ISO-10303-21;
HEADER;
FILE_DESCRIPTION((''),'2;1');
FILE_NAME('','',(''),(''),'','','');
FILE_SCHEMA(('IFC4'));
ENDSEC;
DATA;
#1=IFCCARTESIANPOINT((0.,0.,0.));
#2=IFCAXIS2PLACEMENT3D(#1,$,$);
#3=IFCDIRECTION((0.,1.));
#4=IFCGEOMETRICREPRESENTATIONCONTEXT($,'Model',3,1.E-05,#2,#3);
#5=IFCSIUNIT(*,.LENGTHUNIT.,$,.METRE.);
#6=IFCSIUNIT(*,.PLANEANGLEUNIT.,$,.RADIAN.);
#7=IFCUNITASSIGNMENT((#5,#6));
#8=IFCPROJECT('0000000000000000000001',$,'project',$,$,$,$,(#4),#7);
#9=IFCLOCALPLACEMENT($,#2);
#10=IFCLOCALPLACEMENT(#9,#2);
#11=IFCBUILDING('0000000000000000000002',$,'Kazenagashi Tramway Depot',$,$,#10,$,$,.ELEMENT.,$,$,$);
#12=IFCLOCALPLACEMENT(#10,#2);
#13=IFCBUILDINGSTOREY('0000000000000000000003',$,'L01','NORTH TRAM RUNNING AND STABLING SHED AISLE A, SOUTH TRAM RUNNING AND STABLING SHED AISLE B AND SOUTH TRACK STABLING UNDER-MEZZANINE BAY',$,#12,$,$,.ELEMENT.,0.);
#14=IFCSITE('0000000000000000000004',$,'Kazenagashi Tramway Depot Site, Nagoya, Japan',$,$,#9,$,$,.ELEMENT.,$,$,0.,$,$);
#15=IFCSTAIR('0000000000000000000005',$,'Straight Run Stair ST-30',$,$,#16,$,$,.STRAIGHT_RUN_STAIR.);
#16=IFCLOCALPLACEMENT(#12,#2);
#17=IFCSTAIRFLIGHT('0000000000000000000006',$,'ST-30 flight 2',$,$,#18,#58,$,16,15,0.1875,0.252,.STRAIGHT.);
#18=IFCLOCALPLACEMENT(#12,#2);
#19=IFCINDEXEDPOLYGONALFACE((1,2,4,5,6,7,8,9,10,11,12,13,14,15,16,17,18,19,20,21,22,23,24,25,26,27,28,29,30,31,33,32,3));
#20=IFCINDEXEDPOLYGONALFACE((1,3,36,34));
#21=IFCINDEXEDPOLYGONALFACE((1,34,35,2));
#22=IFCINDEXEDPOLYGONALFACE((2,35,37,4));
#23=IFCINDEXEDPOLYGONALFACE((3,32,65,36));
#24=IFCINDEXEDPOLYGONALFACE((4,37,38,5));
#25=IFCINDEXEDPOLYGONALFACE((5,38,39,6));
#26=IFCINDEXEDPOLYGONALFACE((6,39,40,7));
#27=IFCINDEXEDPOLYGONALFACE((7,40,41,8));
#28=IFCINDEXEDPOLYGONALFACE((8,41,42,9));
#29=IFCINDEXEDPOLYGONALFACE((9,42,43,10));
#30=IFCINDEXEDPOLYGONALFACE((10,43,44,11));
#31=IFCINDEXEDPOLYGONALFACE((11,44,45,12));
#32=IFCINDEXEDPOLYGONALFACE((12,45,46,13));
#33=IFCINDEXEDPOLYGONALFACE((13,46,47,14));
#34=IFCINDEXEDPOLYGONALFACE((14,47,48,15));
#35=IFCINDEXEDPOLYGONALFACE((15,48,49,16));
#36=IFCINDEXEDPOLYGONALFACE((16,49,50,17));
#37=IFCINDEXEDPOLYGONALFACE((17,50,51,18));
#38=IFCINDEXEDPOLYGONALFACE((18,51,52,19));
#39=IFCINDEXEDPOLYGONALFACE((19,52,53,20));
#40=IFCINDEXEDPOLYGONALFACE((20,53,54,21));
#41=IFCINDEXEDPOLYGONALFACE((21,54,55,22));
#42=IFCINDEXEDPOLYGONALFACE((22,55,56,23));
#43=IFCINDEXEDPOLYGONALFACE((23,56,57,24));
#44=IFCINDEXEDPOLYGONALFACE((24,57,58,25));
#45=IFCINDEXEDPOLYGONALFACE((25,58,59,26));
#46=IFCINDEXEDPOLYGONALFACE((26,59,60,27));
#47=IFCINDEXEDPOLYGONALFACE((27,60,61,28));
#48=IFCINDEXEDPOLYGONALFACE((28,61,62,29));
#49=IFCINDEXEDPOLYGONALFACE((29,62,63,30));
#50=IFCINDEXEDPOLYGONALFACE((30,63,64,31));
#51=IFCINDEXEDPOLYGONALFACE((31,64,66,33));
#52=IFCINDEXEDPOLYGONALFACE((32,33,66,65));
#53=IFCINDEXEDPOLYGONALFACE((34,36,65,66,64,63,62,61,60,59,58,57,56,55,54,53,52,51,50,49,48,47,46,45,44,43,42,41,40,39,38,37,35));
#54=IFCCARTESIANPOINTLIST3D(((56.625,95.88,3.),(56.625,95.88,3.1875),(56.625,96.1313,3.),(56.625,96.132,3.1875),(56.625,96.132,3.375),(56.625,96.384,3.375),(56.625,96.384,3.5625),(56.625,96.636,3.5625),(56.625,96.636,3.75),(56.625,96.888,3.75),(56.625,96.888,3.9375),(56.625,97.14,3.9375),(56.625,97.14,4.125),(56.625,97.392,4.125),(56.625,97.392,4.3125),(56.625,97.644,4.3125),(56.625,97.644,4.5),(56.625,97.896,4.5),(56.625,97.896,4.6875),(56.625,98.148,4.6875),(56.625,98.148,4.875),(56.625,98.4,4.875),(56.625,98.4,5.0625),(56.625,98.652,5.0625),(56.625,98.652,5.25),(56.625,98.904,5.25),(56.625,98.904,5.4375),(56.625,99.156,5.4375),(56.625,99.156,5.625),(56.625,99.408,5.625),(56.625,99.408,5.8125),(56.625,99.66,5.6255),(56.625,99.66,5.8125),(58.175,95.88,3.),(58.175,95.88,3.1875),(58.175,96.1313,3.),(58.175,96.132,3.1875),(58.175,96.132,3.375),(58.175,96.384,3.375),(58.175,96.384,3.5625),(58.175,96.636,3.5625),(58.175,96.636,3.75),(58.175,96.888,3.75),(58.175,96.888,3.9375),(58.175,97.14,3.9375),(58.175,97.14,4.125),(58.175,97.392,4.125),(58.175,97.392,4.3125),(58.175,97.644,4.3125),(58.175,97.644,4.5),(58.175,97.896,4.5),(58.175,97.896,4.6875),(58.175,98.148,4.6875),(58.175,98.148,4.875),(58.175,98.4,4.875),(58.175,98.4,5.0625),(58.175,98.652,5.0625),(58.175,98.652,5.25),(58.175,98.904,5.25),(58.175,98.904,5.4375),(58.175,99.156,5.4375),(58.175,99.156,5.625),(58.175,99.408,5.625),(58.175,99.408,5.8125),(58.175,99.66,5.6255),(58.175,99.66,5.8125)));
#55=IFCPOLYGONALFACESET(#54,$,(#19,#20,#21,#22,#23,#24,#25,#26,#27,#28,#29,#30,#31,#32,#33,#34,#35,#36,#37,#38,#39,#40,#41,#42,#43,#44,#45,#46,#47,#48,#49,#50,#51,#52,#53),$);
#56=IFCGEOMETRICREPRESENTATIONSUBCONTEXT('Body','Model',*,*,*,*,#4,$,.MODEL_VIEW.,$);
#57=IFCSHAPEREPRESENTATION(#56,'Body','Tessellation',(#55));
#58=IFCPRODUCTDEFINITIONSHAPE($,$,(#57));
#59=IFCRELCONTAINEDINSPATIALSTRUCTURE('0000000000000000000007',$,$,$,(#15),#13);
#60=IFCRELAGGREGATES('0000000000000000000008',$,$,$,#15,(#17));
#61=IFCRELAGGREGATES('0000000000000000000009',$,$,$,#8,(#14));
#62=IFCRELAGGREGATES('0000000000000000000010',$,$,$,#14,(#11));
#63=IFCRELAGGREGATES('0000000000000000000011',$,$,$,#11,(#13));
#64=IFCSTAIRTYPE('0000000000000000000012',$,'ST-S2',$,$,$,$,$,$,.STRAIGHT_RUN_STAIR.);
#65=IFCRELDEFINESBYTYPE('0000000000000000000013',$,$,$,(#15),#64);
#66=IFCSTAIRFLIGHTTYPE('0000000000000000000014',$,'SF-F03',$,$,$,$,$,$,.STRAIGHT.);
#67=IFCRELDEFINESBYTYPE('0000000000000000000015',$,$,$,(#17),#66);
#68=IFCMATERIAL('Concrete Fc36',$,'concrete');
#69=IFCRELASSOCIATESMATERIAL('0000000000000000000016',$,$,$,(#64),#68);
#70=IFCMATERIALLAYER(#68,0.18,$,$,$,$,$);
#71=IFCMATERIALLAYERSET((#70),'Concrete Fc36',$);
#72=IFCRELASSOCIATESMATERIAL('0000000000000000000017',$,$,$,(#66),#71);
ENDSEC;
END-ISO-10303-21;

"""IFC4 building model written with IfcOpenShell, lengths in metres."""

from ifc_helpers import new_model, si_unit, direction, frame, origin, place, context, subcontext, project, spatial, polyline, outline, extrude, material, layer, layer_set, type_object, element, aggregate, save


model = new_model("IFC4")

# Units and contexts
model_context = context("Model", 3, precision=1e-05, world=origin(), true_north=direction((0.0, 1.0)))
body_context = subcontext(model_context, "Body", "Model", "MODEL_VIEW")
ifc_project = project(units=[si_unit("LENGTHUNIT", "METRE"), si_unit("PLANEANGLEUNIT", "RADIAN")], contexts=[model_context])

# Site, building, storey
site_placement = place(None, origin())
site = spatial("IfcSite", under=ifc_project, at=site_placement, Name="Kazenagashi Tramway Depot Site, Nagoya, Japan", CompositionType="ELEMENT", RefElevation=0.0)
building_placement = place(site_placement, origin())
building = spatial("IfcBuilding", under=site, at=building_placement, Name="Kazenagashi Tramway Depot", CompositionType="ELEMENT")
storey_placement = place(building_placement, origin())
storey = spatial("IfcBuildingStorey", under=building, at=storey_placement, Name="L01", Description="NORTH TRAM RUNNING AND STABLING SHED AISLE A, SOUTH TRAM RUNNING AND STABLING SHED AISLE B AND SOUTH TRACK STABLING UNDER-MEZZANINE BAY", CompositionType="ELEMENT", Elevation=0.0)

# Shared definitions
ifc_material_1 = material(Name="Concrete Fc36", Category="concrete")

# Stair, stair flight
stair_type_1 = type_object("IfcStairType", Name="ST-S2", PredefinedType="STRAIGHT_RUN_STAIR", material=ifc_material_1)
stair_1_placement = place(storey_placement, origin())
stair_1 = element("IfcStair", 1, at=stair_1_placement, inside=storey, type_object=stair_type_1, Name="Straight Run Stair ST-30", PredefinedType="STRAIGHT_RUN_STAIR")
ifc_layer_1 = layer(ifc_material_1, 0.18)
ifc_layer_set_1 = layer_set([ifc_layer_1], Name="Concrete Fc36")
stair_flight_type_1 = type_object("IfcStairFlightType", Name="SF-F03", PredefinedType="STRAIGHT", material=ifc_layer_set_1)
stair_flight_1_placement = place(storey_placement, frame((57.4, 95.88, 3.0), z_axis=(0.0, 0.0, 1.0), x_axis=(0.0, 1.0, 0.0)))
stair_flight_1 = element("IfcStairFlight", 2, at=stair_flight_1_placement, type_object=stair_flight_type_1, Name="ST-30 flight 2", NumberOfRisers=16, NumberOfTreads=15, PredefinedType="STRAIGHT", RiserHeight=0.1875, TreadLength=0.252, context=body_context, shape_type="SweptSolid", body=[
    extrude(outline(polyline([(0.0, 0.0), (0.0, 0.1875), (0.252, 0.1875), (0.252, 0.375), (0.504, 0.375), (0.504, 0.5625), (0.756, 0.5625), (0.756, 0.75), (1.008, 0.75), (1.008, 0.9375), (1.26, 0.9375), (1.26, 1.125), (1.512, 1.125), (1.512, 1.3125), (1.764, 1.3125), (1.764, 1.5), (2.016, 1.5), (2.016, 1.6875), (2.268, 1.6875), (2.268, 1.875), (2.52, 1.875), (2.52, 2.0625), (2.772, 2.0625), (2.772, 2.25), (3.024, 2.25), (3.024, 2.4375), (3.276, 2.4375), (3.276, 2.625), (3.528, 2.625), (3.528, 2.8125), (3.78, 2.8125), (3.78, 3.0), (3.78, 2.6255), (0.2513, 0.0), (0.0, 0.0)])), frame((0.0, 0.775, 0.0), z_axis=(0.0, -1.0, 0.0), x_axis=(1.0, 0.0, 0.0)), (0.0, 0.0, 1.0), 1.55),
])
aggregate(stair_1, [stair_flight_1])

save(model, "model.ifc")
